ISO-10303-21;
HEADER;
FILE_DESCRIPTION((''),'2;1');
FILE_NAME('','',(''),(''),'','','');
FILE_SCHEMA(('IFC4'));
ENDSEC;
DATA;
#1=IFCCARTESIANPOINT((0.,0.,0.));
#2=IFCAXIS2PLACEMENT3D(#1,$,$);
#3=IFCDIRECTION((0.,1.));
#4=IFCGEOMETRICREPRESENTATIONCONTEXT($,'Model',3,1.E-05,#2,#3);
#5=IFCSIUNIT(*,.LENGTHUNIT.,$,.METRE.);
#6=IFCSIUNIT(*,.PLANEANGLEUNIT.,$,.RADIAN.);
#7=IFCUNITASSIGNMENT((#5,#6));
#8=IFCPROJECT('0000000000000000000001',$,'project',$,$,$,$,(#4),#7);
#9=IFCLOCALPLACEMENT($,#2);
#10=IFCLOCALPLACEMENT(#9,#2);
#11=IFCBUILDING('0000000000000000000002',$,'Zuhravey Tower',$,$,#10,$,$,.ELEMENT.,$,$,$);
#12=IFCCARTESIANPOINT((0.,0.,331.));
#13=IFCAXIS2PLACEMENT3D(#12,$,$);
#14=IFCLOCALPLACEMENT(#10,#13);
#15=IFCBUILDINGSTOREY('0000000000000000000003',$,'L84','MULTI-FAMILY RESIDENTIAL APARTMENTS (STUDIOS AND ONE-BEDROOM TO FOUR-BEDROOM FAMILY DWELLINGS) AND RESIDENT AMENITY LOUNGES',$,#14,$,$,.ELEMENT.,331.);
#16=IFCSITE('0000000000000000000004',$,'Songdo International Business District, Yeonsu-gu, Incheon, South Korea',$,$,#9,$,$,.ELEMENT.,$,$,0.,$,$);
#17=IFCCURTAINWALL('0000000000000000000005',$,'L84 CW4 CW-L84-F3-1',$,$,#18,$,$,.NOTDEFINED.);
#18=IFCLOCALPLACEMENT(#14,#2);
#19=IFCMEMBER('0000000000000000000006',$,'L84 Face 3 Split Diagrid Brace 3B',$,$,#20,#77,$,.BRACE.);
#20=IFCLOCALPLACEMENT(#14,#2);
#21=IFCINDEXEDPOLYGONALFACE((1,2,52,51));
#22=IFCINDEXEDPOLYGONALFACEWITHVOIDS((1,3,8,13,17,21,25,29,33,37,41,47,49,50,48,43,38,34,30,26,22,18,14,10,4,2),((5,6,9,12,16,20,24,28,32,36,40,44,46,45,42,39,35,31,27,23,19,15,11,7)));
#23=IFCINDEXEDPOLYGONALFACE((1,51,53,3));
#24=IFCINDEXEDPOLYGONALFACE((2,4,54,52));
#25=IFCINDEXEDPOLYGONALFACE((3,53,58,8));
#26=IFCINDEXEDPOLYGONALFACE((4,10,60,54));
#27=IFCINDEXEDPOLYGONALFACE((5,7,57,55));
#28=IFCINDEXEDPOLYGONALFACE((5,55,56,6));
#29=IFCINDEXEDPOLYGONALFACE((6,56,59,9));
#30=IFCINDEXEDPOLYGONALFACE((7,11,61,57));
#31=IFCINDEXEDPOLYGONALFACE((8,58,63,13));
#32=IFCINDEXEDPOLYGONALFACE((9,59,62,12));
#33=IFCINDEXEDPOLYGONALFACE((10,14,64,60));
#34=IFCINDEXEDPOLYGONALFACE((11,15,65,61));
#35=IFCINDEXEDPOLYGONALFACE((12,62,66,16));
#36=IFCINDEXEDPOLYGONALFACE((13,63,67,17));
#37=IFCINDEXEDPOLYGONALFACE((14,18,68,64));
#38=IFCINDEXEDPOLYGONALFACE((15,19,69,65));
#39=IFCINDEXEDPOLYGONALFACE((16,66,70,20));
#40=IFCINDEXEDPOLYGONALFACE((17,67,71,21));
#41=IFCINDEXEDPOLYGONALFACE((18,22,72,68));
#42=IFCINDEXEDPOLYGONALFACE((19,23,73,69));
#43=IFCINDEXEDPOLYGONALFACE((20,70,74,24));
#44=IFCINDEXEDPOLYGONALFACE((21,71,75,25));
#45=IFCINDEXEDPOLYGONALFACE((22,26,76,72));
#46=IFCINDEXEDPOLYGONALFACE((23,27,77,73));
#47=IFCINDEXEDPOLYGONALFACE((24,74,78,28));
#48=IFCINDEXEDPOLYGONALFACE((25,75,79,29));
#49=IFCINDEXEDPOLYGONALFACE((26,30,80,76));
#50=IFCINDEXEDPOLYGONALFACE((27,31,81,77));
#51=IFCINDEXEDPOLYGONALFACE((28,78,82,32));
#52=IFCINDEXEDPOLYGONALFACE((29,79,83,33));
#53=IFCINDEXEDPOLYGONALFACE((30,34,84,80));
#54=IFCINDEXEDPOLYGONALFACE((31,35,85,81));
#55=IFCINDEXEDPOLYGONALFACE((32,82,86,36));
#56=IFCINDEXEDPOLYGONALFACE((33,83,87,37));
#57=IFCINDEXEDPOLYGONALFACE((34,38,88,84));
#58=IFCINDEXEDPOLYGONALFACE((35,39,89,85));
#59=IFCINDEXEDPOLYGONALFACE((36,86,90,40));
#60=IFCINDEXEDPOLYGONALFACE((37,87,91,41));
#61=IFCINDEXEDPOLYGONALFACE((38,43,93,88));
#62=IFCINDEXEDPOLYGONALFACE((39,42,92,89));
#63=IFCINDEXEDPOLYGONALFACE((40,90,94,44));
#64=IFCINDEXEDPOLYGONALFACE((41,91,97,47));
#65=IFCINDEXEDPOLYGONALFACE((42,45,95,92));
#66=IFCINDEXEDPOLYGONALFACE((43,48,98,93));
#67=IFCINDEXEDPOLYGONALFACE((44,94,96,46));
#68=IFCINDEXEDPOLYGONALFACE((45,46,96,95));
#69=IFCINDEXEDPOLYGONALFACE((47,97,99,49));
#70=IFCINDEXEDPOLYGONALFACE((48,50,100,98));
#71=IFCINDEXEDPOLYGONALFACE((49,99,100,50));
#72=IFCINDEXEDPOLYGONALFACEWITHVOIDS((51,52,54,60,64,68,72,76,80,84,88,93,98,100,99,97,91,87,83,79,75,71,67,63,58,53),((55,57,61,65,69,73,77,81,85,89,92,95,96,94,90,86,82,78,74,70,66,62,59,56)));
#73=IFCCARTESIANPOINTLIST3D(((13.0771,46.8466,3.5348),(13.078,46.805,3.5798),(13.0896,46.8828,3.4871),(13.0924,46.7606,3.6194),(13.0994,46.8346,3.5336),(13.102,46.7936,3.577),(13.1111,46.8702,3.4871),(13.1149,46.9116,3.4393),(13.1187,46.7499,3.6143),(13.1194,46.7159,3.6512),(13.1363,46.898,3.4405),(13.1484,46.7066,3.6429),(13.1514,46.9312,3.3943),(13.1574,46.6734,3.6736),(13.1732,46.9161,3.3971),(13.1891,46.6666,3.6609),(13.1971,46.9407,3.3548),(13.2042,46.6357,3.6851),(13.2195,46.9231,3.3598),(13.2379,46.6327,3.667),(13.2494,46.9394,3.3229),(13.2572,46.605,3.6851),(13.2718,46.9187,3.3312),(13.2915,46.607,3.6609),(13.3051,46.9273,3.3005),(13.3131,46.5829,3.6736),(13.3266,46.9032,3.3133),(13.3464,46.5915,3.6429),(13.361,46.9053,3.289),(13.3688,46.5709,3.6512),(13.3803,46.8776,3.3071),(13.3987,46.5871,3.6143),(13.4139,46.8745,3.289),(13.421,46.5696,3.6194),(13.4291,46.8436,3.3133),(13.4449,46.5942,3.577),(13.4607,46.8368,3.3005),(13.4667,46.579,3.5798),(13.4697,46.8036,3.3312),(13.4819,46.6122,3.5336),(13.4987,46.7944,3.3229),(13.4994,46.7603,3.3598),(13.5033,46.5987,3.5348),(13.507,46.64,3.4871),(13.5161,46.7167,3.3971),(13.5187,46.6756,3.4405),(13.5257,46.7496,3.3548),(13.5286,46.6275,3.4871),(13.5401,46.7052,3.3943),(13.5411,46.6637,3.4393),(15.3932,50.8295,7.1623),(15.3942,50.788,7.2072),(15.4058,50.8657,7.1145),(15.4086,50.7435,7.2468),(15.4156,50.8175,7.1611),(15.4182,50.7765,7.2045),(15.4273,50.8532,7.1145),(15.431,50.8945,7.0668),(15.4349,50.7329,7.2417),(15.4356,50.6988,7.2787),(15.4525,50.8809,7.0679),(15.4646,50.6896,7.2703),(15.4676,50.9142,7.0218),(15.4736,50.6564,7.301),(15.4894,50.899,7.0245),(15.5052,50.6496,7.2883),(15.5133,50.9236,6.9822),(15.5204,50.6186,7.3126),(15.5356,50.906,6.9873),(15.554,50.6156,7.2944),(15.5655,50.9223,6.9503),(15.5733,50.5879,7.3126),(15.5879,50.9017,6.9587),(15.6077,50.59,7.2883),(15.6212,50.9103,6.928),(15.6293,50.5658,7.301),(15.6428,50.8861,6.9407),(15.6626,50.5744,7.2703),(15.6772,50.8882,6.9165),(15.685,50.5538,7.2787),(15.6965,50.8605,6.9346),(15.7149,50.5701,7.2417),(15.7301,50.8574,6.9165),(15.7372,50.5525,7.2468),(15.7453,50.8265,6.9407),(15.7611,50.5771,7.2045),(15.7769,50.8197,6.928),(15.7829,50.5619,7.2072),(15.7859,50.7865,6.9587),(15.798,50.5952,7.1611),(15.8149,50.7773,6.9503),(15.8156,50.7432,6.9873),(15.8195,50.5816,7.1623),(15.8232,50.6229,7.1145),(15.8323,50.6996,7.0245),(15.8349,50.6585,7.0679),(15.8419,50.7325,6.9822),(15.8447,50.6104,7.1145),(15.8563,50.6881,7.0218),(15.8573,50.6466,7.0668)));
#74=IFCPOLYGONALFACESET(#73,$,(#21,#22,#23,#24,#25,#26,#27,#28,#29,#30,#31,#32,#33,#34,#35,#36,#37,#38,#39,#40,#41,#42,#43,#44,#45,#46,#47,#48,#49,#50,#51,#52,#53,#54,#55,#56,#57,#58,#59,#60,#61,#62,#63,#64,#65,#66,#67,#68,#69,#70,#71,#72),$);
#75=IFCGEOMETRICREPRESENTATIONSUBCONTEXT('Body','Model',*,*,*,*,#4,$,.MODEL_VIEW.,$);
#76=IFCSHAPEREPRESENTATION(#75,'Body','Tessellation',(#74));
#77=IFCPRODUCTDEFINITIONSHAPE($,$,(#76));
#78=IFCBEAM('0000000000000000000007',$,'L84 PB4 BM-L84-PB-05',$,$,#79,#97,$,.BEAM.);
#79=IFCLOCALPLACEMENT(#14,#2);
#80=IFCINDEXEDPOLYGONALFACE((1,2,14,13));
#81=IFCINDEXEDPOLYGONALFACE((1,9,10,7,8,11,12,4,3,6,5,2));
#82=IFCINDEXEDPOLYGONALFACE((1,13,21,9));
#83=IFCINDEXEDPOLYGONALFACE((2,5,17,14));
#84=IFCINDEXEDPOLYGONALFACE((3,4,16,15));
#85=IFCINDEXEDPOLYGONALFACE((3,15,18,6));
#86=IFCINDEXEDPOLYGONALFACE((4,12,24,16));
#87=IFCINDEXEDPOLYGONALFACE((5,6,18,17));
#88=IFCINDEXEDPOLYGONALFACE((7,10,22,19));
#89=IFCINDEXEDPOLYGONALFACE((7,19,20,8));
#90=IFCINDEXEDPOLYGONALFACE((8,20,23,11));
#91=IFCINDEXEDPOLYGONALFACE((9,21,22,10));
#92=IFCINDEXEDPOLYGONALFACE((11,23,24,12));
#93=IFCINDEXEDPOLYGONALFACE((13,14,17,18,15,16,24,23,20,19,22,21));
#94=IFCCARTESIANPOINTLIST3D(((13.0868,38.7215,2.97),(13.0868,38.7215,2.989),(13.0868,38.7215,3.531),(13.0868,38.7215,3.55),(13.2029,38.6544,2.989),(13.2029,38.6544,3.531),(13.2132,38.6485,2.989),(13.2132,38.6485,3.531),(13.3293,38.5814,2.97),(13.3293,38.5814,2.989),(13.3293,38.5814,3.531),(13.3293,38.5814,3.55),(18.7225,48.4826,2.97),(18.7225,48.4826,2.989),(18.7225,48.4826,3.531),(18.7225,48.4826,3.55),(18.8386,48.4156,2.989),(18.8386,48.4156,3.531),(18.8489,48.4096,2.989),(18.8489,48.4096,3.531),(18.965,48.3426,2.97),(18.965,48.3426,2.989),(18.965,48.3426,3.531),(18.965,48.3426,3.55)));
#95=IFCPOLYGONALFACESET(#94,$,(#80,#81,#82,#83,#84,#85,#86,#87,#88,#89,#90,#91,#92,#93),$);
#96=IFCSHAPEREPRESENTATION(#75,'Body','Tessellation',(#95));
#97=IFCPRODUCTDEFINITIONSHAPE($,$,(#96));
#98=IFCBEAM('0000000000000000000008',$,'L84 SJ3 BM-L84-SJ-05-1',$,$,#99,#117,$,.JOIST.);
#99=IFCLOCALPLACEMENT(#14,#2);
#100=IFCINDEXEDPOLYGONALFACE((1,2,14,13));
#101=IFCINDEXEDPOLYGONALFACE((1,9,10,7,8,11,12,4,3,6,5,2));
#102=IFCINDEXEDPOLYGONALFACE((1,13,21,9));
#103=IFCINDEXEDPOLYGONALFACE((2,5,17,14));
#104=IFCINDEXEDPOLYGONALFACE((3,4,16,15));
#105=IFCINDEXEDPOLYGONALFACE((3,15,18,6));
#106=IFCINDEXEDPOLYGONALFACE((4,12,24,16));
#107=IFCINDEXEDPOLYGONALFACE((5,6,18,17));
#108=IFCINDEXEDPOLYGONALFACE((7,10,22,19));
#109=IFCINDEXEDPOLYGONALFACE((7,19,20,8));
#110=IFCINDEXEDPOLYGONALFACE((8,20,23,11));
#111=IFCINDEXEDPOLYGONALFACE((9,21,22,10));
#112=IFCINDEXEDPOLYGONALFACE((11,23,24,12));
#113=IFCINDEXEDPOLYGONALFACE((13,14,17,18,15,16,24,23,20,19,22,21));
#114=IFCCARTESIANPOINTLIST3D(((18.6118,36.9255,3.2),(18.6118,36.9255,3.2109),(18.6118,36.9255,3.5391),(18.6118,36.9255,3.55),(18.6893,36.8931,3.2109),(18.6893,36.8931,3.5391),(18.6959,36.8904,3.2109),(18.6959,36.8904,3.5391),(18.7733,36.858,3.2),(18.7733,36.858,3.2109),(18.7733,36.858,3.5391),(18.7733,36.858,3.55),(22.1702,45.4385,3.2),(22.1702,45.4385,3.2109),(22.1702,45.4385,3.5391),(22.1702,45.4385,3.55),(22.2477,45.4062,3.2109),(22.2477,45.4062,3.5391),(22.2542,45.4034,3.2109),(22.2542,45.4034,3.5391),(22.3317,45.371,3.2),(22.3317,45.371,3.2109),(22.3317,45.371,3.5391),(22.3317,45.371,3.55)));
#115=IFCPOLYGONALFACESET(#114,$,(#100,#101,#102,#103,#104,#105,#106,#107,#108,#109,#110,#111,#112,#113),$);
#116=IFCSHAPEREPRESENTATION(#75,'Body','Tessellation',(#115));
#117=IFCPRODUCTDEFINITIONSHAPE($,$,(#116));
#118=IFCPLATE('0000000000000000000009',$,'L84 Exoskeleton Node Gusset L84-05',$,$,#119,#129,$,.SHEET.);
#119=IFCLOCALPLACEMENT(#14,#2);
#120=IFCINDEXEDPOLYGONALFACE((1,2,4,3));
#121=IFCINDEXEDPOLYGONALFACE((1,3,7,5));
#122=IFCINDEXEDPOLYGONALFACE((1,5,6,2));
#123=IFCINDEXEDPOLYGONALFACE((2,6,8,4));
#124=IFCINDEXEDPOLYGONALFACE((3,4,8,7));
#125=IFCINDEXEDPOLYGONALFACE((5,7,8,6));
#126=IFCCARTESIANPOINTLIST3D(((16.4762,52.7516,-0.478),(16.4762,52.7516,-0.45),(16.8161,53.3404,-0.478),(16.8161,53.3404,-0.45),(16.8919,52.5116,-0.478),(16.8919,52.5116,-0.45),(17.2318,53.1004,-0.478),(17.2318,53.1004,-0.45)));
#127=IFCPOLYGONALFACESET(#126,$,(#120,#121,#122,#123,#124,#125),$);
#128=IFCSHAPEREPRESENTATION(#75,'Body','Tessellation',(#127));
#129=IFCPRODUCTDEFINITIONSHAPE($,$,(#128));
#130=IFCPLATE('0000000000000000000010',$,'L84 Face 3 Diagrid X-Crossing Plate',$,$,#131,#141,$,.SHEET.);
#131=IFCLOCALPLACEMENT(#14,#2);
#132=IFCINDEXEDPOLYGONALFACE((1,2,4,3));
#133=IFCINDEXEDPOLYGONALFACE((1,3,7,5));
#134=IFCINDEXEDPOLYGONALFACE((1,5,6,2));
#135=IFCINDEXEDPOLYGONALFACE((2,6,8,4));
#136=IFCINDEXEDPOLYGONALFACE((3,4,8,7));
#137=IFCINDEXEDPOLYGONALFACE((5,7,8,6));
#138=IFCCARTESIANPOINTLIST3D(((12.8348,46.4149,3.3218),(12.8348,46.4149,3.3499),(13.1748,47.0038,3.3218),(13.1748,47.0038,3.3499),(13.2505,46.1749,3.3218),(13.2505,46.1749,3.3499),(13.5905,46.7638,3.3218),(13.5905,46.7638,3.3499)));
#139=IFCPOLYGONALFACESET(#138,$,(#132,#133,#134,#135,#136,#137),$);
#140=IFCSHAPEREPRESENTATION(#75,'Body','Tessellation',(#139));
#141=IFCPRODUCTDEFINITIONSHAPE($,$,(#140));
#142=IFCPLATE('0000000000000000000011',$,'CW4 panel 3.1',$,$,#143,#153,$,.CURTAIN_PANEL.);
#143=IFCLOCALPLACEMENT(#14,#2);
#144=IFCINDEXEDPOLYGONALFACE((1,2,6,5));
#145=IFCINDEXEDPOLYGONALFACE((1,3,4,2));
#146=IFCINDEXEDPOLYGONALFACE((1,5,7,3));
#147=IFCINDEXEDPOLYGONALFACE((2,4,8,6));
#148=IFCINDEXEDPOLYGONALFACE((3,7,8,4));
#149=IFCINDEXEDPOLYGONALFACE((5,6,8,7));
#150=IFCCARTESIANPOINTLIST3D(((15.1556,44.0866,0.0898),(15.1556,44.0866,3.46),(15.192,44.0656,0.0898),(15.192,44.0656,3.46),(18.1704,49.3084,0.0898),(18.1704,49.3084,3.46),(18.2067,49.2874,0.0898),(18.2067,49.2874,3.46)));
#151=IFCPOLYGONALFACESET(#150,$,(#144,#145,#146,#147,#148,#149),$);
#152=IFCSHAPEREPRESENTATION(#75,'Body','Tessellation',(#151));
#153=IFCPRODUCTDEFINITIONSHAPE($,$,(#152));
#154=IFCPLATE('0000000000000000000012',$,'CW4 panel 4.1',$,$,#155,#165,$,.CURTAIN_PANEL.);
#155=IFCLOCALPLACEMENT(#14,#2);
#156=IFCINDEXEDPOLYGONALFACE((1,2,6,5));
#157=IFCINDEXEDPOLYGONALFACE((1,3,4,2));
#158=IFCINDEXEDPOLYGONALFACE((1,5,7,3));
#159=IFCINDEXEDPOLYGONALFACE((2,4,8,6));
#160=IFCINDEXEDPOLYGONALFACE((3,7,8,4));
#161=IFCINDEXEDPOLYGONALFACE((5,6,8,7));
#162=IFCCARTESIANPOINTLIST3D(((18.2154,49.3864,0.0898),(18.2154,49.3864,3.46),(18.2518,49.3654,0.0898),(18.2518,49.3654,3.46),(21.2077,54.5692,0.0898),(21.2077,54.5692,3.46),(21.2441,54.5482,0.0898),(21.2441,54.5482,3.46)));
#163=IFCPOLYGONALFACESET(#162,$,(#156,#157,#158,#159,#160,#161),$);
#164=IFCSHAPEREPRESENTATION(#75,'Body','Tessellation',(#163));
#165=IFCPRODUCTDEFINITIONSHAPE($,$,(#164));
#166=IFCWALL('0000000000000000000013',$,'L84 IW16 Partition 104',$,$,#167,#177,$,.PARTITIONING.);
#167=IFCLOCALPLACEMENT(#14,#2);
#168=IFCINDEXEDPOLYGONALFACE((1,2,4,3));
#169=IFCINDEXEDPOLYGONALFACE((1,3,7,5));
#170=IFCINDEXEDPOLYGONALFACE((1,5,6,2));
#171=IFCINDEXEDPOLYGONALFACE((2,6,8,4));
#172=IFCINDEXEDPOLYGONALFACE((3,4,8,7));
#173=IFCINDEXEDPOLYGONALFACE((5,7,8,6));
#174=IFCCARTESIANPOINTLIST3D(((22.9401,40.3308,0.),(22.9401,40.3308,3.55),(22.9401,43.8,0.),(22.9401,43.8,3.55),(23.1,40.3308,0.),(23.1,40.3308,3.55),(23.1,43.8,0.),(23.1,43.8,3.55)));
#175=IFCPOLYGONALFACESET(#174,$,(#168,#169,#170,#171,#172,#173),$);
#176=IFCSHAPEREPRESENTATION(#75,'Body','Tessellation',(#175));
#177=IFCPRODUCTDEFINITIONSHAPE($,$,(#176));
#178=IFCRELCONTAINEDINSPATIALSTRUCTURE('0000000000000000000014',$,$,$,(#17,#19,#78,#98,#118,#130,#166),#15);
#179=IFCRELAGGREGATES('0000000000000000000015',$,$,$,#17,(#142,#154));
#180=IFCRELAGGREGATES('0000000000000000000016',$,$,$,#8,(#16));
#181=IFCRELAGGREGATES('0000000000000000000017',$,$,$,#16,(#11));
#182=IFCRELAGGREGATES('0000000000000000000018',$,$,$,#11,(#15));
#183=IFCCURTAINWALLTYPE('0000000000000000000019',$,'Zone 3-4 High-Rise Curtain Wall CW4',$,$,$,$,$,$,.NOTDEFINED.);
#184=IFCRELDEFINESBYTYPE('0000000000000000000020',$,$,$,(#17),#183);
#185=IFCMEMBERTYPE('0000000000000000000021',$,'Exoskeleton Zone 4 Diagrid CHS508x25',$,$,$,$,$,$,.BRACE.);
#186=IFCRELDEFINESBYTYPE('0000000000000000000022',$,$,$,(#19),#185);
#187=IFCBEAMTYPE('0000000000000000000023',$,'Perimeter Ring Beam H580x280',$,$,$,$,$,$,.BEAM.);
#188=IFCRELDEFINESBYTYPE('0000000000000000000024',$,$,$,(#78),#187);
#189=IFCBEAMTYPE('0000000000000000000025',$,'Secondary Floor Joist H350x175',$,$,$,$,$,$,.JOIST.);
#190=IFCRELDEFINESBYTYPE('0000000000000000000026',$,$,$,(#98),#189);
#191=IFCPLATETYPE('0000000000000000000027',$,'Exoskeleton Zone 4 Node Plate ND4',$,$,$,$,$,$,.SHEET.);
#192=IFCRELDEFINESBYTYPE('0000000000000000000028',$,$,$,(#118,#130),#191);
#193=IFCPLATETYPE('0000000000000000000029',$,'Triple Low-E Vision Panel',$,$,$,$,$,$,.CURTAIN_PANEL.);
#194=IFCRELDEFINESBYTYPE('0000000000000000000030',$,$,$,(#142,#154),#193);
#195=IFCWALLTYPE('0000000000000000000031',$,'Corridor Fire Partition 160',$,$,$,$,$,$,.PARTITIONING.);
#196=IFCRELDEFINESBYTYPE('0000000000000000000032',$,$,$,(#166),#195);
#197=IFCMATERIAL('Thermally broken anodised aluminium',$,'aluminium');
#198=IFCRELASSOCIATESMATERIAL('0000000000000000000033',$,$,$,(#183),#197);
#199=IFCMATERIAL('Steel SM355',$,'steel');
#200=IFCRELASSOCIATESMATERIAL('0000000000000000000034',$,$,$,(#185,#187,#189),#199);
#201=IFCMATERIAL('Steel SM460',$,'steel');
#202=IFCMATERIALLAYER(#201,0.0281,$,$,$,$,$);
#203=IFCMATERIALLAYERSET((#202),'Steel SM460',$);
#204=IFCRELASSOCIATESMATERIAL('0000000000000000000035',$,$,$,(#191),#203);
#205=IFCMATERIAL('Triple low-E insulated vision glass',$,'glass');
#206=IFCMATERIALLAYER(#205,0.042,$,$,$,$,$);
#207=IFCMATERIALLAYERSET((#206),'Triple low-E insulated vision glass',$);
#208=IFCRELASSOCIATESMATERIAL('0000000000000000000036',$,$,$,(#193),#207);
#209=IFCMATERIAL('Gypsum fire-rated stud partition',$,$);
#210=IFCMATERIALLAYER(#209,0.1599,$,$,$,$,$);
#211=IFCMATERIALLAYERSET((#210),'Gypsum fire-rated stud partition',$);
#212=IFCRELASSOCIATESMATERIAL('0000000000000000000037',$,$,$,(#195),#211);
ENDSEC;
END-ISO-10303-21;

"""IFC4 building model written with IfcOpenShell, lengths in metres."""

from ifc_helpers import new_model, si_unit, direction, frame, frame_2d, origin, origin_2d, place, context, subcontext, project, spatial, rectangle, hollow_circle, i_section, extrude, material, layer, layer_set, material_profile, profile_set, type_object, element, aggregate, save


model = new_model("IFC4")

# Units and contexts
model_context = context("Model", 3, precision=1e-05, world=origin(), true_north=direction((0.0, 1.0)))
body_context = subcontext(model_context, "Body", "Model", "MODEL_VIEW")
ifc_project = project(units=[si_unit("LENGTHUNIT", "METRE"), si_unit("PLANEANGLEUNIT", "RADIAN")], contexts=[model_context])

# Site, building, storey
site_placement = place(None, origin())
site = spatial("IfcSite", under=ifc_project, at=site_placement, Name="Songdo International Business District, Yeonsu-gu, Incheon, South Korea", CompositionType="ELEMENT", RefElevation=0.0)
building_placement = place(site_placement, origin())
building = spatial("IfcBuilding", under=site, at=building_placement, Name="Zuhravey Tower", CompositionType="ELEMENT")
storey_placement = place(building_placement, frame((0.0, 0.0, 331.0)))
storey = spatial("IfcBuildingStorey", under=building, at=storey_placement, Name="L84", Description="MULTI-FAMILY RESIDENTIAL APARTMENTS (STUDIOS AND ONE-BEDROOM TO FOUR-BEDROOM FAMILY DWELLINGS) AND RESIDENT AMENITY LOUNGES", CompositionType="ELEMENT", Elevation=331.0)

# Curtain wall
ifc_material_1 = material(Name="Thermally broken anodised aluminium", Category="aluminium")
curtain_wall_type = type_object("IfcCurtainWallType", Name="Zone 3-4 High-Rise Curtain Wall CW4", PredefinedType="NOTDEFINED", material=ifc_material_1)
curtain_wall_1_placement = place(storey_placement, origin())
curtain_wall_1 = element("IfcCurtainWall", 1, at=curtain_wall_1_placement, inside=storey, type_object=curtain_wall_type, Name="L84 CW4 CW-L84-F3-1", PredefinedType="NOTDEFINED")

# Member
ifc_material_2 = material(Name="Steel SM355", Category="steel")
ifc_material_profile_1 = material_profile(ifc_material_2, hollow_circle(Radius=0.2539, WallThickness=0.0249, at=origin_2d()), Name="CHS-508.0x25")
ifc_profile_set_1 = profile_set([ifc_material_profile_1], Name="Steel SM355")
member_type_1 = type_object("IfcMemberType", Name="Exoskeleton Zone 4 Diagrid CHS508x25", PredefinedType="BRACE", material=ifc_profile_set_1)
member_1_placement = place(storey_placement, frame((13.3091, 46.7551, 3.4871), z_axis=(0.39498, 0.679214, 0.618595), x_axis=(-0.864458, 0.502704, 0.0)))
element("IfcMember", 2, at=member_1_placement, inside=storey, type_object=member_type_1, Name="L84 Face 3 Split Diagrid Brace 3B", PredefinedType="BRACE", context=body_context, shape_type="SweptSolid", body=[
    extrude(hollow_circle(Radius=0.2539, WallThickness=0.0249, at=origin_2d()), origin(), (0.0, 0.0, 1.0), 5.864),
])

# Beams
ifc_material_profile_2 = material_profile(ifc_material_2, i_section(OverallWidth=0.28, OverallDepth=0.5801, WebThickness=0.012, FlangeThickness=0.019, at=origin_2d()), Name="H-580x280x12x19")
ifc_profile_set_2 = profile_set([ifc_material_profile_2], Name="Steel SM355")
beam_type_1 = type_object("IfcBeamType", Name="Perimeter Ring Beam H580x280", PredefinedType="BEAM", material=ifc_profile_set_2)
beam_1_placement = place(storey_placement, frame((18.8438, 48.4126, 3.26), z_axis=(-0.500006, -0.866022, 0.0), x_axis=(0.866022, -0.500006, 0.0)))
element("IfcBeam", 3, at=beam_1_placement, inside=storey, type_object=beam_type_1, Name="L84 PB4 BM-L84-PB-05", PredefinedType="BEAM", context=body_context, shape_type="SweptSolid", body=[
    extrude(i_section(OverallWidth=0.28, OverallDepth=0.5801, WebThickness=0.012, FlangeThickness=0.019, at=origin_2d()), origin(), (0.0, 0.0, 1.0), 11.2712),
])
ifc_material_profile_3 = material_profile(ifc_material_2, i_section(OverallWidth=0.175, OverallDepth=0.3501, WebThickness=0.0071, FlangeThickness=0.011, at=origin_2d()), Name="H-350x175x7x11")
ifc_profile_set_3 = profile_set([ifc_material_profile_3], Name="Steel SM355")
beam_type_2 = type_object("IfcBeamType", Name="Secondary Floor Joist H350x175", PredefinedType="JOIST", material=ifc_profile_set_3)
beam_2_placement = place(storey_placement, frame((22.251, 45.4048, 3.375), z_axis=(-0.385658, -0.922642, 0.0), x_axis=(0.922642, -0.385658, 0.0)))
element("IfcBeam", 4, at=beam_2_placement, inside=storey, type_object=beam_type_2, Name="L84 SJ3 BM-L84-SJ-05-1", PredefinedType="JOIST", context=body_context, shape_type="SweptSolid", body=[
    extrude(i_section(OverallWidth=0.175, OverallDepth=0.3501, WebThickness=0.0071, FlangeThickness=0.011, at=origin_2d()), origin(), (0.0, 0.0, 1.0), 9.2268),
])

# Plates
ifc_material_3 = material(Name="Steel SM460", Category="steel")
ifc_layer_1 = layer(ifc_material_3, 0.0281)
ifc_layer_set_1 = layer_set([ifc_layer_1], Name="Steel SM460")
plate_type_1 = type_object("IfcPlateType", Name="Exoskeleton Zone 4 Node Plate ND4", PredefinedType="SHEET", material=ifc_layer_set_1)
for number, where, z_axis, x_axis, name in (
    (5, (16.854, 52.926, -0.478), (0.0, 0.0, 1.0), (-0.5, -0.866025, 0.0), "L84 Exoskeleton Node Gusset L84-05"),
    (6, (13.2126, 46.5894, 3.3218), (0.0, 0.0, 1.0), (-0.5, -0.866025, 0.0), "L84 Face 3 Diagrid X-Crossing Plate"),
):
    element("IfcPlate", number, at=place(storey_placement, frame(where, z_axis=z_axis, x_axis=x_axis)), inside=storey, type_object=plate_type_1, Name=name, PredefinedType="SHEET", context=body_context, shape_type="SweptSolid", body=[
        extrude(rectangle(XDim=0.6799, YDim=0.48, at=origin_2d()), origin(), (0.0, 0.0, 1.0), 0.0281),
    ])

# Plates
ifc_material_4 = material(Name="Triple low-E insulated vision glass", Category="glass")
ifc_layer_2 = layer(ifc_material_4, 0.042)
ifc_layer_set_2 = layer_set([ifc_layer_2], Name="Triple low-E insulated vision glass")
plate_type_2 = type_object("IfcPlateType", Name="Triple Low-E Vision Panel", PredefinedType="CURTAIN_PANEL", material=ifc_layer_set_2)
plate_1_placement = place(storey_placement, frame((16.6812, 46.687, 0.0898), z_axis=(0.0, 0.0, 1.0), x_axis=(0.5, 0.866026, 0.0)))
plate_1 = element("IfcPlate", 7, at=plate_1_placement, type_object=plate_type_2, Name="CW4 panel 3.1", PredefinedType="CURTAIN_PANEL", context=body_context, shape_type="SweptSolid", body=[
    extrude(rectangle(XDim=6.0295, YDim=0.042, at=origin_2d()), origin(), (0.0, 0.0, 1.0), 3.3701),
])
plate_2_placement = place(storey_placement, frame((19.7297, 51.9673, 0.0898), z_axis=(0.0, 0.0, 1.0), x_axis=(0.5, 0.866026, 0.0)))
plate_2 = element("IfcPlate", 8, at=plate_2_placement, type_object=plate_type_2, Name="CW4 panel 4.1", PredefinedType="CURTAIN_PANEL", context=body_context, shape_type="SweptSolid", body=[
    extrude(rectangle(XDim=5.9846, YDim=0.042, at=origin_2d()), origin(), (0.0, 0.0, 1.0), 3.3701),
])
aggregate(curtain_wall_1, [plate_1, plate_2])

# Wall
ifc_material_5 = material(Name="Gypsum fire-rated stud partition")
ifc_layer_3 = layer(ifc_material_5, 0.1599)
ifc_layer_set_3 = layer_set([ifc_layer_3], Name="Gypsum fire-rated stud partition")
wall_type_1 = type_object("IfcWallType", Name="Corridor Fire Partition 160", PredefinedType="PARTITIONING", material=ifc_layer_set_3)
wall_1_placement = place(storey_placement, frame((23.02, 43.8, 0.0), z_axis=(0.0, 0.0, 1.0), x_axis=(0.0, -1.0, 0.0)))
element("IfcWall", 9, at=wall_1_placement, inside=storey, type_object=wall_type_1, Name="L84 IW16 Partition 104", PredefinedType="PARTITIONING", context=body_context, shape_type="SweptSolid", body=[
    extrude(rectangle(XDim=3.4692, YDim=0.1599, at=frame_2d((1.7346, 0.0))), origin(), (0.0, 0.0, 1.0), 3.55),
])

save(model, "model.ifc")
